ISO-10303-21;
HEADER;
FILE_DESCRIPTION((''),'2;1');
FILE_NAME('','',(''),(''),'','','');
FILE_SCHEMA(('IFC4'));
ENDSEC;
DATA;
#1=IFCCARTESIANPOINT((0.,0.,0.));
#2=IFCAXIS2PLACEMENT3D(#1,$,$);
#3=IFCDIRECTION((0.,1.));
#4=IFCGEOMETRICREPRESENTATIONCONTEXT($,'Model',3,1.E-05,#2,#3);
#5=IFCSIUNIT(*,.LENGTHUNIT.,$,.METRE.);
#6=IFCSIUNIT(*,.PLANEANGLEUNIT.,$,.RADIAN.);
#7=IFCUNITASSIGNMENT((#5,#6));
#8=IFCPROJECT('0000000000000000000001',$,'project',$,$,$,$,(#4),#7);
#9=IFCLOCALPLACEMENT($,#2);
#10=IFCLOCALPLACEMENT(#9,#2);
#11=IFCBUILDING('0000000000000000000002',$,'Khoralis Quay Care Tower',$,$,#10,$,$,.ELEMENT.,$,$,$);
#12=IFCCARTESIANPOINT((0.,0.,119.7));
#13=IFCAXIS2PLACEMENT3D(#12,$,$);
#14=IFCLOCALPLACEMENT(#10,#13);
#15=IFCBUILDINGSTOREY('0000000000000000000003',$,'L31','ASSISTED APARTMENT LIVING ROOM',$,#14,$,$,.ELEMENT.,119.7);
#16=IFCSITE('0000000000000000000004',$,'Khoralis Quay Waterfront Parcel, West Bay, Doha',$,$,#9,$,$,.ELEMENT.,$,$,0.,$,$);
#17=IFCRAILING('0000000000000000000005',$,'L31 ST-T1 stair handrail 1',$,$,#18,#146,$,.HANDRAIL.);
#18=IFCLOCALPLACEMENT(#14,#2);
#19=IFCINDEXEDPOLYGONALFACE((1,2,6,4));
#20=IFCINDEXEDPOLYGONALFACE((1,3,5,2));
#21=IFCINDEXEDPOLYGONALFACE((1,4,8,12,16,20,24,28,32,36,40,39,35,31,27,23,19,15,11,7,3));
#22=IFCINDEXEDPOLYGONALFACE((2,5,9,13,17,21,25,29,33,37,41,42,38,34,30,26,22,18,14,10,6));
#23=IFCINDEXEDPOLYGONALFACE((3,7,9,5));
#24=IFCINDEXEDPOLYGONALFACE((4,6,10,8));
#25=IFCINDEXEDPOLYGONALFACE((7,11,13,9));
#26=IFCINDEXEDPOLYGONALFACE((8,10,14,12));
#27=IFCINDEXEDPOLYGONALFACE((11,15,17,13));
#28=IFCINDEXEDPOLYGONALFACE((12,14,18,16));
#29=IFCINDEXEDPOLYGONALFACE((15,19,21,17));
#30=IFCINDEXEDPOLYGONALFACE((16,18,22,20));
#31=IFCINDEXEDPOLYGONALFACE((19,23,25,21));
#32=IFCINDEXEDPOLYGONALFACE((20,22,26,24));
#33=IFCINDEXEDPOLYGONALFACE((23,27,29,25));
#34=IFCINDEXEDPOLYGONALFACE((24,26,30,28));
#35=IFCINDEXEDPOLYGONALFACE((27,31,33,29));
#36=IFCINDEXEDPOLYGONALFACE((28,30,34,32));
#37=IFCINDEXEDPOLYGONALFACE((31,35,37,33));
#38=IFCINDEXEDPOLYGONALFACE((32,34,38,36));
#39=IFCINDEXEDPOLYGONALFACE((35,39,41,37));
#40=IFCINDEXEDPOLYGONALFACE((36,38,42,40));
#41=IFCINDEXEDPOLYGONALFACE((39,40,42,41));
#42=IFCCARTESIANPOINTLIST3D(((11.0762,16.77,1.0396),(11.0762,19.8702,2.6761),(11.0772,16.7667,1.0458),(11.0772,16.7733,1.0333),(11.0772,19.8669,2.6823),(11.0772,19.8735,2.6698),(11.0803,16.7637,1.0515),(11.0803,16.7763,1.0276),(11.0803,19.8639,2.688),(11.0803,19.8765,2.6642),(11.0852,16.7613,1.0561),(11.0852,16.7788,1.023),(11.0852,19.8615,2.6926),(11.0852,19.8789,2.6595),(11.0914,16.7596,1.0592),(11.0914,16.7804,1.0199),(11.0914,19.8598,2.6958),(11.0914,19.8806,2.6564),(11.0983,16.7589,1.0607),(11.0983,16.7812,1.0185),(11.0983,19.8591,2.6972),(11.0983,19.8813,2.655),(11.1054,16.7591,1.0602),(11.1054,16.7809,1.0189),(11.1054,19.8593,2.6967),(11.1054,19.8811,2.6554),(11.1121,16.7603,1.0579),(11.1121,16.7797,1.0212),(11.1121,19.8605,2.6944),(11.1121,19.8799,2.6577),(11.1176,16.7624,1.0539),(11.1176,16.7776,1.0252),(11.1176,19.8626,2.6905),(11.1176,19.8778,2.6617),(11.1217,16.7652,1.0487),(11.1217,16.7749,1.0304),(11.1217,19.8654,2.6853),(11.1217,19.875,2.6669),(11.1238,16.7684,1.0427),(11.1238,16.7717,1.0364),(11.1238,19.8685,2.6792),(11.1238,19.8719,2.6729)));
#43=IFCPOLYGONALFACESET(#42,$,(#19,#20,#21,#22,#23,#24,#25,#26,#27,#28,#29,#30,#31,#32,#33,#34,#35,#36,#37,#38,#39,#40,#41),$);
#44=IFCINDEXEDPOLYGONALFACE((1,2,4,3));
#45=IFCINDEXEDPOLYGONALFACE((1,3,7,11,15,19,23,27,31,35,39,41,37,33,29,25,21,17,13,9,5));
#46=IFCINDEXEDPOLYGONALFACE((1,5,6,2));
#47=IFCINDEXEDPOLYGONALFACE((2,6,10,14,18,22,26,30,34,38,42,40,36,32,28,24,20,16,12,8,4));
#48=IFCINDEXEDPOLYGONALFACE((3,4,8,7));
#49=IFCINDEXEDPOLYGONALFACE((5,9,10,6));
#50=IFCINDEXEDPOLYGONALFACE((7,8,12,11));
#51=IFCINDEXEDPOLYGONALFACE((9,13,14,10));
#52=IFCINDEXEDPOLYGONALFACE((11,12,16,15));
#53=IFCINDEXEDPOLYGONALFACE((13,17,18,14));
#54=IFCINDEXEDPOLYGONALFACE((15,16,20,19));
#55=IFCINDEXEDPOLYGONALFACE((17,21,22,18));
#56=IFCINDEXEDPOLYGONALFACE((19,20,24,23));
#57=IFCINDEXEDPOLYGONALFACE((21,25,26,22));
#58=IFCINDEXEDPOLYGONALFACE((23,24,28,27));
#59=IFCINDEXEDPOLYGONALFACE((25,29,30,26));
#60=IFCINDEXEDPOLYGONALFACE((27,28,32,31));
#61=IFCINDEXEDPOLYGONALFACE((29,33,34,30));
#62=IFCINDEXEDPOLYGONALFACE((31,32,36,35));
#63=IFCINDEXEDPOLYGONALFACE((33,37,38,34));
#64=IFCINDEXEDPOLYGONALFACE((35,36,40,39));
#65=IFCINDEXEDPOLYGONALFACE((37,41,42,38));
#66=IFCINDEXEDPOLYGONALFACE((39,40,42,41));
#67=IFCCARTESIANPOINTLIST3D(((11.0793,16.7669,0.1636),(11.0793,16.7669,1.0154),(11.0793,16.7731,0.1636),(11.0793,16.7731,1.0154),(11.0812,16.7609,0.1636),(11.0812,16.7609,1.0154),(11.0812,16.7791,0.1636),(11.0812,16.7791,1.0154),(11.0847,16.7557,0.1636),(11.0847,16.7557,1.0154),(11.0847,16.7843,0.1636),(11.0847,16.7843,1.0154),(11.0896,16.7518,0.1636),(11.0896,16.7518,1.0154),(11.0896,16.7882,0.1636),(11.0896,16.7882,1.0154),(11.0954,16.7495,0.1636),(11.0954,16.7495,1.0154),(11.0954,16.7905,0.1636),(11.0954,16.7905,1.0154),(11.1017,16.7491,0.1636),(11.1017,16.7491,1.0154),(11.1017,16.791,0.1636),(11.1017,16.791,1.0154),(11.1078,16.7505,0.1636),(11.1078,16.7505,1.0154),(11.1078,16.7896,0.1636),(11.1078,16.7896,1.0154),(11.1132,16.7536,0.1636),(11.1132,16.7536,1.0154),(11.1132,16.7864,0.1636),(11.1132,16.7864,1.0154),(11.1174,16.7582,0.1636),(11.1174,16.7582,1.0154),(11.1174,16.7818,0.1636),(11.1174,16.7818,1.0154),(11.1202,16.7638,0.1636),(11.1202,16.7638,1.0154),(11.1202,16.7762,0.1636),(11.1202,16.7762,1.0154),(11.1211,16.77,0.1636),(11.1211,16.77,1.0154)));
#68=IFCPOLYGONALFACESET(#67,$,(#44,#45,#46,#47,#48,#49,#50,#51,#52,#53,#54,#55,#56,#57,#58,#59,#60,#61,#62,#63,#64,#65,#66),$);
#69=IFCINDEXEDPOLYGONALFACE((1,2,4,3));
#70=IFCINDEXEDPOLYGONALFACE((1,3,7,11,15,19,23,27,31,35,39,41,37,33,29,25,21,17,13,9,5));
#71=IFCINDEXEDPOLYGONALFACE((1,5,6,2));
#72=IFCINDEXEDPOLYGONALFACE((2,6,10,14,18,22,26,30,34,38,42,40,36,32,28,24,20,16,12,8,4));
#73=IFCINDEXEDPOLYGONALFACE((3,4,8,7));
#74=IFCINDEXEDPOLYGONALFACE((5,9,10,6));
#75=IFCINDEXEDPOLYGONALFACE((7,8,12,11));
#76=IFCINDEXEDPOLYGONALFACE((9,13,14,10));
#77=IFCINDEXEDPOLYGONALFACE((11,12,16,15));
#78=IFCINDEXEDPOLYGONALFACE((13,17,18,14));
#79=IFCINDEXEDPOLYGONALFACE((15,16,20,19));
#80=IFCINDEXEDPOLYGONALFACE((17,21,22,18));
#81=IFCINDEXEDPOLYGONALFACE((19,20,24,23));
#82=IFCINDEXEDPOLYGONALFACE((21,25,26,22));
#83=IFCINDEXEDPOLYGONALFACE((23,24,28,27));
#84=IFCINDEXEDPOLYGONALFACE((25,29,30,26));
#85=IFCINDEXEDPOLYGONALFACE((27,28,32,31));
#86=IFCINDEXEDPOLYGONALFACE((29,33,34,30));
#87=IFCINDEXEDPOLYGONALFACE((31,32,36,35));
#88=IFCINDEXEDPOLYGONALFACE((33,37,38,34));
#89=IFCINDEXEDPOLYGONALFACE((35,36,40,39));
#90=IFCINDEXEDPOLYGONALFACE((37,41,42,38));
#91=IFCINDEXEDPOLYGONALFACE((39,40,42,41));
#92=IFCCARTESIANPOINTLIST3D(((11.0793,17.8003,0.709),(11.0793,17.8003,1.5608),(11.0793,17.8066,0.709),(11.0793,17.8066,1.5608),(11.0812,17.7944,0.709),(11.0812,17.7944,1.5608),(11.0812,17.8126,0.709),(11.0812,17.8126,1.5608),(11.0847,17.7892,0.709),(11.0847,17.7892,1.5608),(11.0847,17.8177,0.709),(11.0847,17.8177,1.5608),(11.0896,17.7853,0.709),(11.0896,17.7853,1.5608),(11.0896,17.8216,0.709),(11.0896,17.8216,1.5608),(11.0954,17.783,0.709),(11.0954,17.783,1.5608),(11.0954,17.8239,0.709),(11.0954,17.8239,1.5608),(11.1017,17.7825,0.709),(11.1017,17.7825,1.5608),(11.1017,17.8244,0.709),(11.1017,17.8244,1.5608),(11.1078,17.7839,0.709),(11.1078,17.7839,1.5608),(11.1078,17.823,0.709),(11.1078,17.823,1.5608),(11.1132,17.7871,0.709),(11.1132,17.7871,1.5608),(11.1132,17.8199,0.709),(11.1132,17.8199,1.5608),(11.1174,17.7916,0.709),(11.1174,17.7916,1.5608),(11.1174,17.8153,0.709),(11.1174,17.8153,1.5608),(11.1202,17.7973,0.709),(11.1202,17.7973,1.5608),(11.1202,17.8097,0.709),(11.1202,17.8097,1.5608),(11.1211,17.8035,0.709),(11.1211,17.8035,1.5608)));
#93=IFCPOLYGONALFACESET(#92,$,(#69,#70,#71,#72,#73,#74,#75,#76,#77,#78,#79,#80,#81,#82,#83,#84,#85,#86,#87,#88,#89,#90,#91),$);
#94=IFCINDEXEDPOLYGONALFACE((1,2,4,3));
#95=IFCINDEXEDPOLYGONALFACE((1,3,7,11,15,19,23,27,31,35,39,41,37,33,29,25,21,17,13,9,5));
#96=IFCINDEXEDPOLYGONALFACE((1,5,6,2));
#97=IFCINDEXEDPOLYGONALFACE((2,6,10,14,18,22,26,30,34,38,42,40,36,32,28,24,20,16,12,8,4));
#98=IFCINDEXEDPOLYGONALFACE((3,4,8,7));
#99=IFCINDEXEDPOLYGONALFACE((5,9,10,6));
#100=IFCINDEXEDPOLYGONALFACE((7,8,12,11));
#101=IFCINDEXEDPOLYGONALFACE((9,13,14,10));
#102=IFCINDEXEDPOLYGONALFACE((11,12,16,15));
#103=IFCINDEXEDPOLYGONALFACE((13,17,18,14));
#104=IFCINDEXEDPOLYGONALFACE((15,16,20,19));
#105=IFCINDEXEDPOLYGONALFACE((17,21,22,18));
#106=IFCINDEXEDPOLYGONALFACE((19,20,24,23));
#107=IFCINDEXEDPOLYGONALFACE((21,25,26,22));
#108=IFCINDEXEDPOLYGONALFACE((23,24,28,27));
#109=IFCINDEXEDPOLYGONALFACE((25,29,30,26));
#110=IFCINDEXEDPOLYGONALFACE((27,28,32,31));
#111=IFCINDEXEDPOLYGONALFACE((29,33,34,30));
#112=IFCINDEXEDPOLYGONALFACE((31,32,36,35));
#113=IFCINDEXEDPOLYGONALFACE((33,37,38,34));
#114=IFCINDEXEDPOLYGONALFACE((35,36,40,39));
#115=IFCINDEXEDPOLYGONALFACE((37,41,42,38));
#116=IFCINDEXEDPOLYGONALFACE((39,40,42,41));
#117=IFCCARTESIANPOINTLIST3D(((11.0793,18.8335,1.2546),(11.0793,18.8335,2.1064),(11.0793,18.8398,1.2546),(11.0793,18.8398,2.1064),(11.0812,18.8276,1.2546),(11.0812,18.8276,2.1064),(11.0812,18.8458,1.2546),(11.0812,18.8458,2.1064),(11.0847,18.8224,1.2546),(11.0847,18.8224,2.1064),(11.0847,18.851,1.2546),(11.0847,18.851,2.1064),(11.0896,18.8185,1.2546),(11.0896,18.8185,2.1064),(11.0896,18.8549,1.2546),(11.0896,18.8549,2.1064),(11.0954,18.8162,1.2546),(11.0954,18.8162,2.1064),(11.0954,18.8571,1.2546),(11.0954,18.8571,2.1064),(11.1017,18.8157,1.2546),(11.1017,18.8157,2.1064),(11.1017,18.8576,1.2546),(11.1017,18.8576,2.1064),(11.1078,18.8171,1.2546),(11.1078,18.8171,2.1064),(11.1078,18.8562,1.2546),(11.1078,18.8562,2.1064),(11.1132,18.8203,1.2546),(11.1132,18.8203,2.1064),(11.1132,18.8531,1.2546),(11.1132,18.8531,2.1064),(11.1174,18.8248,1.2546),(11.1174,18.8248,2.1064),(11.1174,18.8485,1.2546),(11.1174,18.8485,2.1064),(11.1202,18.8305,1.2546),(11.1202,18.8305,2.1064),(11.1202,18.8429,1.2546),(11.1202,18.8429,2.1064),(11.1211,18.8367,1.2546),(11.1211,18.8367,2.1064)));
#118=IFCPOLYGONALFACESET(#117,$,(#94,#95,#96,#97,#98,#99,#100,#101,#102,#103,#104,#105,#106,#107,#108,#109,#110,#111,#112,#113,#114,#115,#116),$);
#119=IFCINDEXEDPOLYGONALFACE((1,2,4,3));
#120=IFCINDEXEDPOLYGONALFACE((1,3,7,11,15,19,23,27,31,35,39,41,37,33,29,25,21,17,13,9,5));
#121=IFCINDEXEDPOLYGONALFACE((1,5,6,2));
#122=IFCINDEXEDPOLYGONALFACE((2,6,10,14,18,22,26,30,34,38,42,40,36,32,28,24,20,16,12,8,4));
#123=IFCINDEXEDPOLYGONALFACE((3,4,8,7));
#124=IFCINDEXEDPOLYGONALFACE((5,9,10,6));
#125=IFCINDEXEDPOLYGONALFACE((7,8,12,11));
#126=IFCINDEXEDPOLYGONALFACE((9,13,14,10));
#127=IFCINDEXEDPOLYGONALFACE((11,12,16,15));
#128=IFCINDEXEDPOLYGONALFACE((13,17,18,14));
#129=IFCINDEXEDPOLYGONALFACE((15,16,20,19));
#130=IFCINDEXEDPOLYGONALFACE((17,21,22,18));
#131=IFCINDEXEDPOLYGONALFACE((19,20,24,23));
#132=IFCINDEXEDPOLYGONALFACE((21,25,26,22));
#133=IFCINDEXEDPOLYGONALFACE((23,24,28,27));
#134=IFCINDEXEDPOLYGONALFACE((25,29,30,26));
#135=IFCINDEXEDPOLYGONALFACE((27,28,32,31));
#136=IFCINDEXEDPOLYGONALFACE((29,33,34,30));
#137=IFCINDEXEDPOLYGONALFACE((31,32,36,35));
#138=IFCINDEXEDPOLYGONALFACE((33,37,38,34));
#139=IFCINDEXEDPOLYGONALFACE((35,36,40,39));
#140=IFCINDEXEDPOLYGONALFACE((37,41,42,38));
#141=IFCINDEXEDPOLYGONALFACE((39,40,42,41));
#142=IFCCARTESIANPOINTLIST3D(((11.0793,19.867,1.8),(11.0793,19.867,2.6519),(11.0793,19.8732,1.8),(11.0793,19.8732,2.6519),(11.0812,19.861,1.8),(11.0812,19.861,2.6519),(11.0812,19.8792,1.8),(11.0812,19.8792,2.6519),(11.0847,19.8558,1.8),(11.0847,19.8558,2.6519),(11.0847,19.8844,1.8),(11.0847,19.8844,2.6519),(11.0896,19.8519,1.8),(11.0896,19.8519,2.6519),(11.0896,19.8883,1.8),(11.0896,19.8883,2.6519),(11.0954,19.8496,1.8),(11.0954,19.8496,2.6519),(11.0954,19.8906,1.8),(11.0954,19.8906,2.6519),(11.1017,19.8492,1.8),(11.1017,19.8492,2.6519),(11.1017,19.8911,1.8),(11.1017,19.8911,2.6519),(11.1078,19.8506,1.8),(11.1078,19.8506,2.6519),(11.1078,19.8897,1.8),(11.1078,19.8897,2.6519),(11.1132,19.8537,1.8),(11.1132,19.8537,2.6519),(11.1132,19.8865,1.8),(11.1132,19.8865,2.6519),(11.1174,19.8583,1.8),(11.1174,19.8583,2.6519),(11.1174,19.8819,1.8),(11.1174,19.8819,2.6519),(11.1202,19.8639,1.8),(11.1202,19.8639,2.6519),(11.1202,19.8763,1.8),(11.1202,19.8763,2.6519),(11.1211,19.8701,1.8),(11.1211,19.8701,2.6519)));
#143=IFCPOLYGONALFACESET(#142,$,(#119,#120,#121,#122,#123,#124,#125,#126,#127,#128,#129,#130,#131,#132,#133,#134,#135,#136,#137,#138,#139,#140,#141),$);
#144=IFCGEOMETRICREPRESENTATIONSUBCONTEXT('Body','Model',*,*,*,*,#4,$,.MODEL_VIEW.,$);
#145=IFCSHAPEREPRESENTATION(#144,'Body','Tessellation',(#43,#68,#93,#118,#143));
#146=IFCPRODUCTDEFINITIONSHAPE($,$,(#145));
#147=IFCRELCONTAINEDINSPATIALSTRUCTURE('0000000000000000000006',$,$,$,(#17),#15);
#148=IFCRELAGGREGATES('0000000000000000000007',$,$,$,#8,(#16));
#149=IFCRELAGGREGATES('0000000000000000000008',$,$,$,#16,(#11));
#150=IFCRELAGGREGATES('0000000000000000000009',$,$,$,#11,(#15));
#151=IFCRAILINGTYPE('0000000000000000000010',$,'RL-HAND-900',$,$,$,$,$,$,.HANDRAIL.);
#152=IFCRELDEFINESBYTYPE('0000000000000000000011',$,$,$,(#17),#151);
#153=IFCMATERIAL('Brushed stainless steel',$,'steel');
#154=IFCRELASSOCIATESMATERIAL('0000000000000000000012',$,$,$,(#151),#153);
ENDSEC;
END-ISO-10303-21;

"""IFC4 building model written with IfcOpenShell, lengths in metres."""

from ifc_helpers import new_model, si_unit, direction, frame, origin, origin_2d, place, context, subcontext, project, spatial, circle, extrude, material, type_object, element, save


model = new_model("IFC4")

# Units and contexts
model_context = context("Model", 3, precision=1e-05, world=origin(), true_north=direction((0.0, 1.0)))
body_context = subcontext(model_context, "Body", "Model", "MODEL_VIEW")
ifc_project = project(units=[si_unit("LENGTHUNIT", "METRE"), si_unit("PLANEANGLEUNIT", "RADIAN")], contexts=[model_context])

# Site, building, storey
site_placement = place(None, origin())
site = spatial("IfcSite", under=ifc_project, at=site_placement, Name="Khoralis Quay Waterfront Parcel, West Bay, Doha", CompositionType="ELEMENT", RefElevation=0.0)
building_placement = place(site_placement, origin())
building = spatial("IfcBuilding", under=site, at=building_placement, Name="Khoralis Quay Care Tower", CompositionType="ELEMENT")
storey_placement = place(building_placement, frame((0.0, 0.0, 119.7)))
storey = spatial("IfcBuildingStorey", under=building, at=storey_placement, Name="L31", Description="ASSISTED APARTMENT LIVING ROOM", CompositionType="ELEMENT", Elevation=119.7)

# Shared definitions
ifc_material_1 = material(Name="Brushed stainless steel", Category="steel")

# Railing
railing_type_1 = type_object("IfcRailingType", Name="RL-HAND-900", PredefinedType="HANDRAIL", material=ifc_material_1)
railing_1_placement = place(storey_placement, frame((11.1001, 16.77, 0.1636)))
element("IfcRailing", 1, at=railing_1_placement, inside=storey, type_object=railing_type_1, Name="L31 ST-T1 stair handrail 1", PredefinedType="HANDRAIL", context=body_context, shape_type="SweptSolid", body=[
    extrude(circle(Radius=0.0239, at=origin_2d()), frame((0.0, 0.0, 0.876), z_axis=(0.0, 0.884348, 0.466828), x_axis=(-1.0, 0.0, 0.0)), (0.0, 0.0, 1.0), 3.5056),
    extrude(circle(Radius=0.021, at=origin_2d()), origin(), (0.0, 0.0, 1.0), 0.8518),
    extrude(circle(Radius=0.021, at=origin_2d()), frame((0.0, 1.0334, 0.5454)), (0.0, 0.0, 1.0), 0.8518),
    extrude(circle(Radius=0.021, at=origin_2d()), frame((0.0, 2.0667, 1.0911)), (0.0, 0.0, 1.0), 0.8518),
    extrude(circle(Radius=0.021, at=origin_2d()), frame((0.0, 3.1001, 1.6365)), (0.0, 0.0, 1.0), 0.8518),
])

save(model, "model.ifc")
